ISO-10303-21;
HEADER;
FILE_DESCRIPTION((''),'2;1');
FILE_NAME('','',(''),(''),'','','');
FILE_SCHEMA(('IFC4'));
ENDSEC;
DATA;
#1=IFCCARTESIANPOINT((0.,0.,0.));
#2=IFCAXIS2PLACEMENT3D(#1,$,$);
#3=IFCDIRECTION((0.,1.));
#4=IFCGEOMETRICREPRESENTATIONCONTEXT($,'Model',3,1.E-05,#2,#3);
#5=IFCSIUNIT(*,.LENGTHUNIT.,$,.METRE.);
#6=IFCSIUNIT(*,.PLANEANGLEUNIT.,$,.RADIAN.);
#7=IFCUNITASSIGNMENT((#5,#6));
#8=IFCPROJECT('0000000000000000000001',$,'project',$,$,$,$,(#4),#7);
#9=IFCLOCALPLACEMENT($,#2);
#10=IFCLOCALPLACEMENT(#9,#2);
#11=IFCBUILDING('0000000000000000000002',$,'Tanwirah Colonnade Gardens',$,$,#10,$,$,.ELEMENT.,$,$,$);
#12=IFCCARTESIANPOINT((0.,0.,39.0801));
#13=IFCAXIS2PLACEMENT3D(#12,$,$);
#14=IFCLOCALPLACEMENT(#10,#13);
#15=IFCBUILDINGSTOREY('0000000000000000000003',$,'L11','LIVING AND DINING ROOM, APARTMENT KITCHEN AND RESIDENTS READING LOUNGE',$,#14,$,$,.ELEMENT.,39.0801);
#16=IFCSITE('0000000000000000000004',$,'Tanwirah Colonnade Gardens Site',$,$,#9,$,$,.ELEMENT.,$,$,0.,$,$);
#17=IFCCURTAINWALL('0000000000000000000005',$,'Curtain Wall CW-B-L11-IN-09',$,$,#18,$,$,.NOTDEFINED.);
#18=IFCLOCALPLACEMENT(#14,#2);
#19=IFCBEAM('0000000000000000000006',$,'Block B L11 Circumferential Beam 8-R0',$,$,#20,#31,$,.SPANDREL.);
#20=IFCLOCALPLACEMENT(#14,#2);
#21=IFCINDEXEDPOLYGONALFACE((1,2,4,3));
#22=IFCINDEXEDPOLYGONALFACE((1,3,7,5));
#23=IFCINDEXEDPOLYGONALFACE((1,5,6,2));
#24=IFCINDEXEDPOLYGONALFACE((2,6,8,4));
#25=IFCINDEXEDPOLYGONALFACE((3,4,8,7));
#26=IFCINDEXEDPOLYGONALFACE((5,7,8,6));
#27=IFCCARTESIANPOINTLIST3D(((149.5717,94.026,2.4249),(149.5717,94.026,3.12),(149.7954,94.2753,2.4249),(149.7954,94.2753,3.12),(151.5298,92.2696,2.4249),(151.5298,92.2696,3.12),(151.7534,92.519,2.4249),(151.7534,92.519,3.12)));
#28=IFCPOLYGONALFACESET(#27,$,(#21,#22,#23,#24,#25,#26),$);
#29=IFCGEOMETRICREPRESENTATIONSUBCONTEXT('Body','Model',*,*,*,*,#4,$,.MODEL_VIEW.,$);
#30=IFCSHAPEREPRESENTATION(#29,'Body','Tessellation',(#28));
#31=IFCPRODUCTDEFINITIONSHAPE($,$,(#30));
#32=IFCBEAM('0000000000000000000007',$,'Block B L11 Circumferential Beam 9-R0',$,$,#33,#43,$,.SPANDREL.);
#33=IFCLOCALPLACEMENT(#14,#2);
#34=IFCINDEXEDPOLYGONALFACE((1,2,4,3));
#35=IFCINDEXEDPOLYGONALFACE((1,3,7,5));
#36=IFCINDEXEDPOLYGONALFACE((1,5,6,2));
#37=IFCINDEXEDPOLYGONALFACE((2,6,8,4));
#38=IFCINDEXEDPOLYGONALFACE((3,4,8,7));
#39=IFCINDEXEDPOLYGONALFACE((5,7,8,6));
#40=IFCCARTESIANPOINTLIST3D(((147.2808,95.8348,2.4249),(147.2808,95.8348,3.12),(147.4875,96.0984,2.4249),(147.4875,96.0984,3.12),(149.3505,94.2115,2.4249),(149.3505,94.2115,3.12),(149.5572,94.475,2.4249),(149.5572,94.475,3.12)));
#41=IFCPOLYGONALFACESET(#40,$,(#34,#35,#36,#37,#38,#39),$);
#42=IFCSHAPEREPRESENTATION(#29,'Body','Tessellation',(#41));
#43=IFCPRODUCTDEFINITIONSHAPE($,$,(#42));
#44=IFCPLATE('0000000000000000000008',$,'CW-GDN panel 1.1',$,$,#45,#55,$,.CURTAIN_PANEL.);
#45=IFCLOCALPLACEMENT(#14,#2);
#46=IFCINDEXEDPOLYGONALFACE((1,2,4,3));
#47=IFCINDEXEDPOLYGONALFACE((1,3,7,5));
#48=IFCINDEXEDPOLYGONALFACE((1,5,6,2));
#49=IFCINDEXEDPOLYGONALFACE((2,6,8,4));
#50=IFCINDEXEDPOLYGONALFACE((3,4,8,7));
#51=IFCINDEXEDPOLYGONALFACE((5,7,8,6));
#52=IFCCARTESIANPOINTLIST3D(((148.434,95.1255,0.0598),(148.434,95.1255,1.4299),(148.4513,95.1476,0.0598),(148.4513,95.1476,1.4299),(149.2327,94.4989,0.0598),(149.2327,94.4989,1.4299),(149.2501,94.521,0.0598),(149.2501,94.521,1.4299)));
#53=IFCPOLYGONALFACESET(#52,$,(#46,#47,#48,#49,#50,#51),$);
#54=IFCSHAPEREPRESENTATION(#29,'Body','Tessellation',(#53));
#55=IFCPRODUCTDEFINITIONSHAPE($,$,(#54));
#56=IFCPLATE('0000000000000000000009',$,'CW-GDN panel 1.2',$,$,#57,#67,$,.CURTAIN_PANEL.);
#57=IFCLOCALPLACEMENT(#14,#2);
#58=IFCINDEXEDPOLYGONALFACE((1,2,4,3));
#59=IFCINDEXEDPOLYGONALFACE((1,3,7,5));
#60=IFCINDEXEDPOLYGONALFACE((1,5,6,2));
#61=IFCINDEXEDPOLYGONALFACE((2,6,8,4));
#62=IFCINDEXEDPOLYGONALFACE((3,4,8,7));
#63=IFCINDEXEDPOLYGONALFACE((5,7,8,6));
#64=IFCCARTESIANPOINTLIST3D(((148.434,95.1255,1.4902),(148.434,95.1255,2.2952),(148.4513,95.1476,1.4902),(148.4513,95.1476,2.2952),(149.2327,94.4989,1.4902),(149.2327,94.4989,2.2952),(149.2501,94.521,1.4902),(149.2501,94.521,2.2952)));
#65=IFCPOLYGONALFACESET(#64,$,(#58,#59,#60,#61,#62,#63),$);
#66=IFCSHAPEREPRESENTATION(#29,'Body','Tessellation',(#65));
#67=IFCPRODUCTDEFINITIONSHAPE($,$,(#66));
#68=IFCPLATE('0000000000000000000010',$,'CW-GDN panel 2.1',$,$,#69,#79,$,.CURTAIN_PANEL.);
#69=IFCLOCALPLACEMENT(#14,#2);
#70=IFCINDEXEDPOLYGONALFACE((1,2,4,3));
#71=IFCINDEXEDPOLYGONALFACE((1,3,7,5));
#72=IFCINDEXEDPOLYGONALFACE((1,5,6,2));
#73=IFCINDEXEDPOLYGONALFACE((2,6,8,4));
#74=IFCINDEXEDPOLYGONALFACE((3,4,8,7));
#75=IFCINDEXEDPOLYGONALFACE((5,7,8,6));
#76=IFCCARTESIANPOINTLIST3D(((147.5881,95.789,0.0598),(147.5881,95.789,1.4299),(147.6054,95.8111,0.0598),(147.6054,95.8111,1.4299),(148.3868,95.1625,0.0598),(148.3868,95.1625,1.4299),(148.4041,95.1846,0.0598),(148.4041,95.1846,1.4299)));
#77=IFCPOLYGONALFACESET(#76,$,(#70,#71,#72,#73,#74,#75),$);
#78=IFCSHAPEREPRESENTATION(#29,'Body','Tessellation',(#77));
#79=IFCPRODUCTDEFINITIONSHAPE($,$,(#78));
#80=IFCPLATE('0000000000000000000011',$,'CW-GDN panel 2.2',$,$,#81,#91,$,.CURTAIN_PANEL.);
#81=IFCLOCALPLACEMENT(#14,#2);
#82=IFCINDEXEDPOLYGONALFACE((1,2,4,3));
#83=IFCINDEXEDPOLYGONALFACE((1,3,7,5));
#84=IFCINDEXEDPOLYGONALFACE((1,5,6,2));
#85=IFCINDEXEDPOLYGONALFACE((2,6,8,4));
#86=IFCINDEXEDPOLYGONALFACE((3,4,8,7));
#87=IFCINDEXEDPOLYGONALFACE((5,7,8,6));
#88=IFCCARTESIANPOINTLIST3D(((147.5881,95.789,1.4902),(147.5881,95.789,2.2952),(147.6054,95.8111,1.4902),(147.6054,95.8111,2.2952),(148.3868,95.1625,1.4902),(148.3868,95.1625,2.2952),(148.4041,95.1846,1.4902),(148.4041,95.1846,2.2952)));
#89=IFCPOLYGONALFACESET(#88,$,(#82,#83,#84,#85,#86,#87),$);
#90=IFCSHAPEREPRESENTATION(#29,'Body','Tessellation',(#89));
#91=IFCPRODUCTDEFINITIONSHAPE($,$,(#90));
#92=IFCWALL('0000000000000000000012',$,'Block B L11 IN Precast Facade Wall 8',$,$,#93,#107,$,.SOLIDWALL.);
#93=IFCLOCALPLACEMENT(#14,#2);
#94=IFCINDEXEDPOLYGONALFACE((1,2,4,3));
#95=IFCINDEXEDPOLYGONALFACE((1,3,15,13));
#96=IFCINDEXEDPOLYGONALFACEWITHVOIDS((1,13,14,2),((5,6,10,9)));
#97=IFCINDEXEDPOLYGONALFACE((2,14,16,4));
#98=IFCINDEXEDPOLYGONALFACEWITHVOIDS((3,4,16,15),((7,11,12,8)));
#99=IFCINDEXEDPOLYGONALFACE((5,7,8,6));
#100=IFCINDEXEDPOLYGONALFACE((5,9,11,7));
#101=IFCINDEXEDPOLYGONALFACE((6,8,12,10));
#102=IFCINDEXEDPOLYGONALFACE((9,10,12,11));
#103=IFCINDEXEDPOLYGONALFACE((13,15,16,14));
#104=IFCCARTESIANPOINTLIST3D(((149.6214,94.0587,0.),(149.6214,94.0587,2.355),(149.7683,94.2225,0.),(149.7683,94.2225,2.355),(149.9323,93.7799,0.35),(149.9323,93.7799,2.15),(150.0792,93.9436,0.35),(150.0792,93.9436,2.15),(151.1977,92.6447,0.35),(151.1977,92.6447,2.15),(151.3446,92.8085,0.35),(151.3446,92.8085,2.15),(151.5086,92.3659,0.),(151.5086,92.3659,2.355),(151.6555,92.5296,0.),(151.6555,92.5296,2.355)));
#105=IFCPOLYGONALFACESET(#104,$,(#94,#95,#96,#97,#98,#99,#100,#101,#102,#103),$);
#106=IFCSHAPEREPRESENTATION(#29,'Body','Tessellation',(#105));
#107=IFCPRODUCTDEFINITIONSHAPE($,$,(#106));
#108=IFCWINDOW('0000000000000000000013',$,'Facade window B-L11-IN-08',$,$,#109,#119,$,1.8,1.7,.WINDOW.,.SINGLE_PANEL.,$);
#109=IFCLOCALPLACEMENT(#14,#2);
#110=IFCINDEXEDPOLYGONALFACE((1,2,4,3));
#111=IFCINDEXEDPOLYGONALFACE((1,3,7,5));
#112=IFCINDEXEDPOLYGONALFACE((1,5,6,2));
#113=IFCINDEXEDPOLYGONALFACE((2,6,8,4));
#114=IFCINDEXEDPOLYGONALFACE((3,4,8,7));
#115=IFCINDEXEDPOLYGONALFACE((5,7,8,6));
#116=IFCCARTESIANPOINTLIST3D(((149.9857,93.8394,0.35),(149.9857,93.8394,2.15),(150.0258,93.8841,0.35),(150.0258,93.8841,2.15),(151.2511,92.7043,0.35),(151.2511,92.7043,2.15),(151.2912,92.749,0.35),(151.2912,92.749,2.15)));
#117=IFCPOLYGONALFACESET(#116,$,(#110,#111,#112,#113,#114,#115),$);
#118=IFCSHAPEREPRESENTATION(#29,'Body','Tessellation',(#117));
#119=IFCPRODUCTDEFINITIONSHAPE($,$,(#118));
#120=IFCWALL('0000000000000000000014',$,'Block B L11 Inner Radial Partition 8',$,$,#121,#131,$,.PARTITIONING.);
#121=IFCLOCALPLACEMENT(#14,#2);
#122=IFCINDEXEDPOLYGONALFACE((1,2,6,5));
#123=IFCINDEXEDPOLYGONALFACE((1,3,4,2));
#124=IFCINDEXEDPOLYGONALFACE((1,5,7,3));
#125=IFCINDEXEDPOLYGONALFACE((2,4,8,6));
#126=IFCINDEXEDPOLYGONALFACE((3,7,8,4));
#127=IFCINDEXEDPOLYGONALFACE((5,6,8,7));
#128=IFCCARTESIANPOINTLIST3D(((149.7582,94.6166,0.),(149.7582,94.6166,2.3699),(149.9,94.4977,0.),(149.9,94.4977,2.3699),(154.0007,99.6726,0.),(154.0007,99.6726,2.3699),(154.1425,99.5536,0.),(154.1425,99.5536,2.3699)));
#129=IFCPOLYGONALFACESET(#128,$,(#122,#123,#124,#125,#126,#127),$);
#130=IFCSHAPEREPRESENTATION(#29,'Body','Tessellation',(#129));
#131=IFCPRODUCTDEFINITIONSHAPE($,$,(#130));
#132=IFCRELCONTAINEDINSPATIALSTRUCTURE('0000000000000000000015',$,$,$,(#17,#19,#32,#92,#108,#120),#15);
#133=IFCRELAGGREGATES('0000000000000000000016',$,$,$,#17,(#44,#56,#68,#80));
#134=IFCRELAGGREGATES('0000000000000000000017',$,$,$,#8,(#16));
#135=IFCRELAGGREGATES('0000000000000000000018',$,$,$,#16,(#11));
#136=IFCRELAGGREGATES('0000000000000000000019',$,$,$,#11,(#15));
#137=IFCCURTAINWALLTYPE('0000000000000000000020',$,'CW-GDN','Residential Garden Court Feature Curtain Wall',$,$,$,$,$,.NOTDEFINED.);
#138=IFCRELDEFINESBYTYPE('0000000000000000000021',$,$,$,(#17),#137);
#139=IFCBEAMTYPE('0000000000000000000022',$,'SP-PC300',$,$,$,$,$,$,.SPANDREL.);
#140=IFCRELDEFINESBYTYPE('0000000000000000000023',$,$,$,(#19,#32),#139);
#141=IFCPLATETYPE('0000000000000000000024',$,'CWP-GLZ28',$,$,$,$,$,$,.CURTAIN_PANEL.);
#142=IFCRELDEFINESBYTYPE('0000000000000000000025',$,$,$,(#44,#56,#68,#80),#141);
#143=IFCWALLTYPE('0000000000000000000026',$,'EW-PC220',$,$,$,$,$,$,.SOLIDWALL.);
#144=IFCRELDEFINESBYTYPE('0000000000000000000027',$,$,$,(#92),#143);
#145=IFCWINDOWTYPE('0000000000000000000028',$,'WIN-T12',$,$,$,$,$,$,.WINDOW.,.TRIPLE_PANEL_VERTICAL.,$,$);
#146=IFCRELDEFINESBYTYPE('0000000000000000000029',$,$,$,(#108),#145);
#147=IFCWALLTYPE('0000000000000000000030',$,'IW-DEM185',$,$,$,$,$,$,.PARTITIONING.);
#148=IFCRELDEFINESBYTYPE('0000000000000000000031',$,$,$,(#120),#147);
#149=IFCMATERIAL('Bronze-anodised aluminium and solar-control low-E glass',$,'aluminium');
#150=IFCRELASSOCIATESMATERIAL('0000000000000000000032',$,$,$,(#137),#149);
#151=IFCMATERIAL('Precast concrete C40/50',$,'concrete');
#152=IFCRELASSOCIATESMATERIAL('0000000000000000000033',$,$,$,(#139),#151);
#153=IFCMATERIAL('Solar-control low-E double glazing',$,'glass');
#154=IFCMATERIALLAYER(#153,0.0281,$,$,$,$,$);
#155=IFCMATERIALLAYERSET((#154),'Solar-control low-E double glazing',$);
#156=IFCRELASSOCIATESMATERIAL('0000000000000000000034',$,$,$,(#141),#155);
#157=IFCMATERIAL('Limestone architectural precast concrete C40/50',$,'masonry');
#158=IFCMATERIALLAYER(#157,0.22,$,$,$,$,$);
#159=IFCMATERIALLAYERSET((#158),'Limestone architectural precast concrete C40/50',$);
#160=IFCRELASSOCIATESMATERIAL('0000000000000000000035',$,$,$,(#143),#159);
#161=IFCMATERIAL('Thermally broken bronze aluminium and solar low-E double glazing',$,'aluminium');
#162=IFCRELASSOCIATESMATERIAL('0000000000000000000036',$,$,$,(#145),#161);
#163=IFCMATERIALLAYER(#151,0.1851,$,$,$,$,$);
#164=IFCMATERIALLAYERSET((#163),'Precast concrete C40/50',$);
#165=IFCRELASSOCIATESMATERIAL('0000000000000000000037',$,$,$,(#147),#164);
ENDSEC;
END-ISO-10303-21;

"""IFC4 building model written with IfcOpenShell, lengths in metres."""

from ifc_helpers import new_model, si_unit, direction, frame, frame_2d, origin, origin_2d, place, context, subcontext, project, spatial, rectangle, extrude, material, layer, layer_set, material_profile, profile_set, type_object, element, fill, aggregate, save


model = new_model("IFC4")

# Units and contexts
model_context = context("Model", 3, precision=1e-05, world=origin(), true_north=direction((0.0, 1.0)))
body_context = subcontext(model_context, "Body", "Model", "MODEL_VIEW")
ifc_project = project(units=[si_unit("LENGTHUNIT", "METRE"), si_unit("PLANEANGLEUNIT", "RADIAN")], contexts=[model_context])

# Site, building, storey
site_placement = place(None, origin())
site = spatial("IfcSite", under=ifc_project, at=site_placement, Name="Tanwirah Colonnade Gardens Site", CompositionType="ELEMENT", RefElevation=0.0)
building_placement = place(site_placement, origin())
building = spatial("IfcBuilding", under=site, at=building_placement, Name="Tanwirah Colonnade Gardens", CompositionType="ELEMENT")
storey_placement = place(building_placement, frame((0.0, 0.0, 39.0801)))
storey = spatial("IfcBuildingStorey", under=building, at=storey_placement, Name="L11", Description="LIVING AND DINING ROOM, APARTMENT KITCHEN AND RESIDENTS READING LOUNGE", CompositionType="ELEMENT", Elevation=39.0801)

# Shared definitions
ifc_material_1 = material(Name="Precast concrete C40/50", Category="concrete")

# Curtain wall
ifc_material_2 = material(Name="Bronze-anodised aluminium and solar-control low-E glass", Category="aluminium")
curtain_wall_type = type_object("IfcCurtainWallType", Name="CW-GDN", Description="Residential Garden Court Feature Curtain Wall", PredefinedType="NOTDEFINED", material=ifc_material_2)
curtain_wall_placement = place(storey_placement, origin())
curtain_wall = element("IfcCurtainWall", 1, at=curtain_wall_placement, inside=storey, type_object=curtain_wall_type, Name="Curtain Wall CW-B-L11-IN-09", PredefinedType="NOTDEFINED")

# Beams
ifc_material_profile_1 = material_profile(ifc_material_1, rectangle(XDim=0.335, YDim=0.6951, at=origin_2d()), Name="PC-SP 335x695")
ifc_profile_set_1 = profile_set([ifc_material_profile_1], Name="Precast concrete C40/50")
beam_type_1 = type_object("IfcBeamType", Name="SP-PC300", PredefinedType="SPANDREL", material=ifc_profile_set_1)
for number, where, z_axis, x_axis, name in (
    (2, (151.6416, 92.3943, 2.7725), (-0.744401, 0.667733, 0.0), (-0.667733, -0.744401, 0.0), "Block B L11 Circumferential Beam 8-R0"),
    (3, (149.4539, 94.3433, 2.7725), (-0.786837, 0.617161, 0.0), (-0.617161, -0.786837, 0.0), "Block B L11 Circumferential Beam 9-R0"),
):
    element("IfcBeam", number, at=place(storey_placement, frame(where, z_axis=z_axis, x_axis=x_axis)), inside=storey, type_object=beam_type_1, Name=name, PredefinedType="SPANDREL", context=body_context, shape_type="SweptSolid", body=[
        extrude(rectangle(XDim=0.335, YDim=0.6951, at=origin_2d()), origin(), (0.0, 0.0, 1.0), 2.6304),
    ])

# Plates
ifc_material_3 = material(Name="Solar-control low-E double glazing", Category="glass")
ifc_layer_1 = layer(ifc_material_3, 0.0281)
ifc_layer_set_1 = layer_set([ifc_layer_1], Name="Solar-control low-E double glazing")
plate_type = type_object("IfcPlateType", Name="CWP-GLZ28", PredefinedType="CURTAIN_PANEL", material=ifc_layer_set_1)
plate_1_placement = place(storey_placement, frame((148.842, 94.8232, 0.0598), z_axis=(0.0, 0.0, 1.0), x_axis=(-0.786815, 0.617189, 0.0)))
plate_1 = element("IfcPlate", 4, at=plate_1_placement, type_object=plate_type, Name="CW-GDN panel 1.1", PredefinedType="CURTAIN_PANEL", context=body_context, shape_type="SweptSolid", body=[
    extrude(rectangle(XDim=1.0151, YDim=0.0281, at=origin_2d()), origin(), (0.0, 0.0, 1.0), 1.3701),
])
plate_2_placement = place(storey_placement, frame((148.842, 94.8232, 1.4902), z_axis=(0.0, 0.0, 1.0), x_axis=(-0.786815, 0.617189, 0.0)))
plate_2 = element("IfcPlate", 5, at=plate_2_placement, type_object=plate_type, Name="CW-GDN panel 1.2", PredefinedType="CURTAIN_PANEL", context=body_context, shape_type="SweptSolid", body=[
    extrude(rectangle(XDim=1.0151, YDim=0.0281, at=origin_2d()), origin(), (0.0, 0.0, 1.0), 0.8049),
])
plate_3_placement = place(storey_placement, frame((147.9961, 95.4868, 0.0598), z_axis=(0.0, 0.0, 1.0), x_axis=(-0.786815, 0.617189, 0.0)))
plate_3 = element("IfcPlate", 6, at=plate_3_placement, type_object=plate_type, Name="CW-GDN panel 2.1", PredefinedType="CURTAIN_PANEL", context=body_context, shape_type="SweptSolid", body=[
    extrude(rectangle(XDim=1.0151, YDim=0.0281, at=origin_2d()), origin(), (0.0, 0.0, 1.0), 1.3701),
])
plate_4_placement = place(storey_placement, frame((147.9961, 95.4868, 1.4902), z_axis=(0.0, 0.0, 1.0), x_axis=(-0.786815, 0.617189, 0.0)))
plate_4 = element("IfcPlate", 7, at=plate_4_placement, type_object=plate_type, Name="CW-GDN panel 2.2", PredefinedType="CURTAIN_PANEL", context=body_context, shape_type="SweptSolid", body=[
    extrude(rectangle(XDim=1.0151, YDim=0.0281, at=origin_2d()), origin(), (0.0, 0.0, 1.0), 0.8049),
])
aggregate(curtain_wall, [plate_1, plate_2, plate_3, plate_4])

# Wall, opening, window
ifc_material_4 = material(Name="Limestone architectural precast concrete C40/50", Category="masonry")
ifc_layer_2 = layer(ifc_material_4, 0.22)
ifc_layer_set_2 = layer_set([ifc_layer_2], Name="Limestone architectural precast concrete C40/50")
wall_type_1 = type_object("IfcWallType", Name="EW-PC220", PredefinedType="SOLIDWALL", material=ifc_layer_set_2)
wall_1_placement = place(storey_placement, frame((151.582, 92.4478, 0.0), z_axis=(0.0, 0.0, 1.0), x_axis=(-0.744394, 0.66774, 0.0)))
wall_1 = element("IfcWall", 8, at=wall_1_placement, inside=storey, type_object=wall_type_1, Name="Block B L11 IN Precast Facade Wall 8", PredefinedType="SOLIDWALL", context=body_context, shape_type="SweptSolid", body=[
    extrude(rectangle(XDim=2.5352, YDim=0.22, at=frame_2d((1.2676, 0.0))), origin(), (0.0, 0.0, 1.0), 2.355),
])
opening_placement = place(wall_1_placement, frame((0.4175, 0.0, 0.3501)))
opening = element("IfcOpeningElement", 9, at=opening_placement, cuts=wall_1, PredefinedType="OPENING", context=body_context, shape_type="SweptSolid", body=[
    extrude(rectangle(XDim=1.7, YDim=1.8, at=frame_2d((0.8501, 0.8999))), frame((0.0, 0.1199, 0.0), z_axis=(0.0, -1.0, 0.0), x_axis=(1.0, 0.0, 0.0)), (0.0, 0.0, 1.0), 0.24),
])
ifc_material_5 = material(Name="Thermally broken bronze aluminium and solar low-E double glazing", Category="aluminium")
window_type = type_object("IfcWindowType", Name="WIN-T12", PartitioningType="TRIPLE_PANEL_VERTICAL", PredefinedType="WINDOW", material=ifc_material_5)
window_placement = place(opening_placement, origin())
window = element("IfcWindow", 10, at=window_placement, inside=storey, type_object=window_type, Name="Facade window B-L11-IN-08", OverallHeight=1.8, OverallWidth=1.7, PartitioningType="SINGLE_PANEL", PredefinedType="WINDOW", context=body_context, shape_type="SweptSolid", body=[
    extrude(rectangle(XDim=1.7, YDim=1.8, at=frame_2d((0.8501, 0.8999))), frame((0.0, 0.03, 0.0), z_axis=(0.0, -1.0, 0.0), x_axis=(1.0, 0.0, 0.0)), (0.0, 0.0, 1.0), 0.0601),
])
fill(opening, window)

# Wall
ifc_layer_3 = layer(ifc_material_1, 0.1851)
ifc_layer_set_3 = layer_set([ifc_layer_3], Name="Precast concrete C40/50")
wall_type_2 = type_object("IfcWallType", Name="IW-DEM185", PredefinedType="PARTITIONING", material=ifc_layer_set_3)
wall_2_placement = place(storey_placement, frame((149.8291, 94.5571, 0.0), z_axis=(0.0, 0.0, 1.0), x_axis=(0.642789, 0.766043, 0.0)))
element("IfcWall", 11, at=wall_2_placement, inside=storey, type_object=wall_type_2, Name="Block B L11 Inner Radial Partition 8", PredefinedType="PARTITIONING", context=body_context, shape_type="SweptSolid", body=[
    extrude(rectangle(XDim=6.6001, YDim=0.1851, at=frame_2d((3.3, 0.0))), origin(), (0.0, 0.0, 1.0), 2.3699),
])

save(model, "model.ifc")
